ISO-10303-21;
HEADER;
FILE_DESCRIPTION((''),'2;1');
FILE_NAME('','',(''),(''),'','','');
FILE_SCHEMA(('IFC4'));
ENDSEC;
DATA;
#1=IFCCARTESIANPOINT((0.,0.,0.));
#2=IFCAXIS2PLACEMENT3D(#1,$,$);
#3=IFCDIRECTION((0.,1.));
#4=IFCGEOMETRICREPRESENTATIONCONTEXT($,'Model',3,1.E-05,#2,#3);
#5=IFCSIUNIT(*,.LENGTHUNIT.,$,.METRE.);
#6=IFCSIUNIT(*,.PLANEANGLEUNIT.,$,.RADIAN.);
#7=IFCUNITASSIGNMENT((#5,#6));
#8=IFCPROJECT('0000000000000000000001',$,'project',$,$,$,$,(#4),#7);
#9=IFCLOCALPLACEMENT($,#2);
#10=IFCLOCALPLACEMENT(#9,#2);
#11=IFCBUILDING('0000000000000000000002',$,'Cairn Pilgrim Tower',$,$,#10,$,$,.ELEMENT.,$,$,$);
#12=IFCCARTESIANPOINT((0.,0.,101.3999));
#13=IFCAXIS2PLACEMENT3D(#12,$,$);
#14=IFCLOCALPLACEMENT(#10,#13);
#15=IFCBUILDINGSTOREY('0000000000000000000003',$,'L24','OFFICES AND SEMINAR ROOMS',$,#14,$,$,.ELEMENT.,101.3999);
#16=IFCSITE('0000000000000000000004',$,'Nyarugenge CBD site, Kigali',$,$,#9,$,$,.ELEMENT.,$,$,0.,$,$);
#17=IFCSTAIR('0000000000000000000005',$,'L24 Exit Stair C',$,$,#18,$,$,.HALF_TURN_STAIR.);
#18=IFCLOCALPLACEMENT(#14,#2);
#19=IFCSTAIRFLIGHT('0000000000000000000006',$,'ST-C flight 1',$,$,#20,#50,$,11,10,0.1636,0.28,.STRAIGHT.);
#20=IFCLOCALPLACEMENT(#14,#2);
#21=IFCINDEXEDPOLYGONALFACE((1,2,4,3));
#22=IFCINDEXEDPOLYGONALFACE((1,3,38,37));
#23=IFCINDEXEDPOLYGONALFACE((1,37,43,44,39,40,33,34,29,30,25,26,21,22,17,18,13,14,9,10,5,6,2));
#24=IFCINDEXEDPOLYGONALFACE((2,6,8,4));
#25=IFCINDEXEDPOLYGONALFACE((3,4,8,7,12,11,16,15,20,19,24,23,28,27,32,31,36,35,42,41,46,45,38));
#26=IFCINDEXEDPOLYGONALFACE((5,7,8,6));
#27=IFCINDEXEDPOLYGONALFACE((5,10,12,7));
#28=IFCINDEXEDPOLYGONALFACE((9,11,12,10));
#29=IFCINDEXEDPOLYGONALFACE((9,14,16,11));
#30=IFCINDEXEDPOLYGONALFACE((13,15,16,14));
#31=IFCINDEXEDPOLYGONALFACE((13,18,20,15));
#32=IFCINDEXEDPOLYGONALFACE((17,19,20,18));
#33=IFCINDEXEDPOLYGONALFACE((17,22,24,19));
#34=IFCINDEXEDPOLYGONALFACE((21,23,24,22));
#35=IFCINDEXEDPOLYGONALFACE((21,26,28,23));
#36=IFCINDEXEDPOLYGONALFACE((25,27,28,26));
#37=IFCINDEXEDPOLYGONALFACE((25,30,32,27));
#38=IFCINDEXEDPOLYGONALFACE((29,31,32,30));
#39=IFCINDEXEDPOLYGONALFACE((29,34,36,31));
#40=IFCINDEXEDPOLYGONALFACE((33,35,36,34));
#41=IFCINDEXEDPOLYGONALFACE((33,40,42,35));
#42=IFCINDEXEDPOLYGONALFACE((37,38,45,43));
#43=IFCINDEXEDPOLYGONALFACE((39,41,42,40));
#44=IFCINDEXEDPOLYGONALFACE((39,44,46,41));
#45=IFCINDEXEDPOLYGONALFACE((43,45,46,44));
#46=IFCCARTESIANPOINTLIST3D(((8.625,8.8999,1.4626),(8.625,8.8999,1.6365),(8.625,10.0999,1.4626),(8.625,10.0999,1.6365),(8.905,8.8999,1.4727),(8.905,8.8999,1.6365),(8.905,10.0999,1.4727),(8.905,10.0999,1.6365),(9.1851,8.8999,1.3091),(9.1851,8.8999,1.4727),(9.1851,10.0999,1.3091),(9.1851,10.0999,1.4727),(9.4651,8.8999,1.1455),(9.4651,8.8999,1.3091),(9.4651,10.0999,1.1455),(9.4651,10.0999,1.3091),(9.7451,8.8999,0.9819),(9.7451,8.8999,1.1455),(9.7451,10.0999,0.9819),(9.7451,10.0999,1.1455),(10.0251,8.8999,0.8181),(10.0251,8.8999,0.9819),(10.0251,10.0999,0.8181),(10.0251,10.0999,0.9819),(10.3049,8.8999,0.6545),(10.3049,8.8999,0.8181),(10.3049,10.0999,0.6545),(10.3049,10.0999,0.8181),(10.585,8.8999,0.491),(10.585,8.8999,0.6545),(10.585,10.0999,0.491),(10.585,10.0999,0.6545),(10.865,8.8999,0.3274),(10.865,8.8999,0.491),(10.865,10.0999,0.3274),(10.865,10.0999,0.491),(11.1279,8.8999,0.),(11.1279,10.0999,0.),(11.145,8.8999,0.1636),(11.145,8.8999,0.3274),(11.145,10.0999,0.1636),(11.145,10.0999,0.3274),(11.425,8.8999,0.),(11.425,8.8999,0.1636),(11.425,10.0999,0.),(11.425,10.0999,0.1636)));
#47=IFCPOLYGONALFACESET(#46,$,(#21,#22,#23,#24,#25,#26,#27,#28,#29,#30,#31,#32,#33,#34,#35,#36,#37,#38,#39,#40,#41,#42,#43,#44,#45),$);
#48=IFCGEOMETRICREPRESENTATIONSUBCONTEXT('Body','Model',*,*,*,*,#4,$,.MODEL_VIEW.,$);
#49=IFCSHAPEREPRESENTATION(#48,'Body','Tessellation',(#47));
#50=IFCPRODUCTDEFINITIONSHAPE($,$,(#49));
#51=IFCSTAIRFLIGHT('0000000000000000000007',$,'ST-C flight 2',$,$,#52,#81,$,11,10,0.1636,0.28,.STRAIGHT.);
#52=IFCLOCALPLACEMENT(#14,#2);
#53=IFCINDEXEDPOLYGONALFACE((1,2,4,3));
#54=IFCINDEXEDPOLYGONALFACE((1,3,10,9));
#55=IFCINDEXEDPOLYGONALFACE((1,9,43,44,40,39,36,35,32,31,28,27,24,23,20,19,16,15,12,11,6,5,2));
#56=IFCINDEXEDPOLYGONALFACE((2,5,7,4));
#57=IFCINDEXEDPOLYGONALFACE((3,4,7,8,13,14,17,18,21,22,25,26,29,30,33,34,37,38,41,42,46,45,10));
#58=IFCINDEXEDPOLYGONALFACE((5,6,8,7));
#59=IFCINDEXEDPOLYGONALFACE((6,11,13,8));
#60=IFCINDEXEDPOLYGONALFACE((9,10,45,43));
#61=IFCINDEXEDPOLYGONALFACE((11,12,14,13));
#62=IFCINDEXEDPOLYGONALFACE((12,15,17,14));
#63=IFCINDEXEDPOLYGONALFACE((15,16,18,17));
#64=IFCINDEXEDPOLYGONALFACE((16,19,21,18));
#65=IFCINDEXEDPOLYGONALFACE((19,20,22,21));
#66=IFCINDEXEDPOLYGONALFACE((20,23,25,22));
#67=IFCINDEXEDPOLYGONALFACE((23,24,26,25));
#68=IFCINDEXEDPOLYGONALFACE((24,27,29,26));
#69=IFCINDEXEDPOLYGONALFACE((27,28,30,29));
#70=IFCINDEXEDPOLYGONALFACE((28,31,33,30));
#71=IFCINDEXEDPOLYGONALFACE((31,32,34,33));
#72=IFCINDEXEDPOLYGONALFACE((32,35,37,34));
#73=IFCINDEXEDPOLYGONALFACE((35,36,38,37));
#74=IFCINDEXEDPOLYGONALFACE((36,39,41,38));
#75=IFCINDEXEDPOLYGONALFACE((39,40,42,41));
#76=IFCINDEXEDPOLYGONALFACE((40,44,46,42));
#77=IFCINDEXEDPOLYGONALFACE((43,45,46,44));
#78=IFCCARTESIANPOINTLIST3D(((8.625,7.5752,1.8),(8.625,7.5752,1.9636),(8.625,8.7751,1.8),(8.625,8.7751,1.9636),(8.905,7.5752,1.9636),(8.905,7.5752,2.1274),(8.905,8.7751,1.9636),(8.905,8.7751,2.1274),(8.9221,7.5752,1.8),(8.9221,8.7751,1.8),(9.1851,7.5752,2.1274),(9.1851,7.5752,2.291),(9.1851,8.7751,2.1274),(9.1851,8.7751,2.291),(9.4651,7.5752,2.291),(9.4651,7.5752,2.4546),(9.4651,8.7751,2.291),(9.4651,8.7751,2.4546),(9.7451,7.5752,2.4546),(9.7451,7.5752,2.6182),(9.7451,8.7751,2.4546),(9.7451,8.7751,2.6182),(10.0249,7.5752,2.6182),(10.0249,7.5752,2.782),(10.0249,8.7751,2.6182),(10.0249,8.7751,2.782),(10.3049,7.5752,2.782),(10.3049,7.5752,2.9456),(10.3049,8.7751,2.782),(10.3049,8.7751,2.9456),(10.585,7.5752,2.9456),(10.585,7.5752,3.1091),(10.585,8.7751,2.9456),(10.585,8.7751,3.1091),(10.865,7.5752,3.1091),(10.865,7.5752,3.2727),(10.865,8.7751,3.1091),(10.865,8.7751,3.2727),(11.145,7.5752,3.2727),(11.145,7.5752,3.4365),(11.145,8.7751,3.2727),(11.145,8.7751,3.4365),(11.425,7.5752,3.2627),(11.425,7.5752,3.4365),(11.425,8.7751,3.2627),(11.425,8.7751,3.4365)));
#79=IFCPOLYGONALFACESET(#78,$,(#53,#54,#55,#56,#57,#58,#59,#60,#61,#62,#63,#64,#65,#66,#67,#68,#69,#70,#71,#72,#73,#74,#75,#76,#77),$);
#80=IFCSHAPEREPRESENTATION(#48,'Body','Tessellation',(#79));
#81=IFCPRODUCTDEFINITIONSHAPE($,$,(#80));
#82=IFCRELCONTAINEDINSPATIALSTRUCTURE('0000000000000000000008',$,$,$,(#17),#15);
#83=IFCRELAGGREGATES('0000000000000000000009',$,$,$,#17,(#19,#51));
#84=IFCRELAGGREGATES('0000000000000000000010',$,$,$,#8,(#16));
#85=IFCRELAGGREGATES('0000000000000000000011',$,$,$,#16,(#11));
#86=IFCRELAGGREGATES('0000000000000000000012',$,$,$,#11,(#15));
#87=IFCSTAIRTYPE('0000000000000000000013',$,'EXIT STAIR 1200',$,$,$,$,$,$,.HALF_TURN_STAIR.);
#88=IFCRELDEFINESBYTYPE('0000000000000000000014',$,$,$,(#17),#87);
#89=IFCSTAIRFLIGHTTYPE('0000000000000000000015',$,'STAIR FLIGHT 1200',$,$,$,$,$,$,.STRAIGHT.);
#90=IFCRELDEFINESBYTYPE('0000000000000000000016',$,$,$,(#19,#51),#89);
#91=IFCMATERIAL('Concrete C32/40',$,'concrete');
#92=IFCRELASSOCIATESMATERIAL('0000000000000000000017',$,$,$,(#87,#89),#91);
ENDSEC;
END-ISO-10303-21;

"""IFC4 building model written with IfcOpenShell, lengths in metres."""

from ifc_helpers import new_model, si_unit, direction, frame, origin, place, context, subcontext, project, spatial, polyline, outline, extrude, material, type_object, element, aggregate, save


model = new_model("IFC4")

# Units and contexts
model_context = context("Model", 3, precision=1e-05, world=origin(), true_north=direction((0.0, 1.0)))
body_context = subcontext(model_context, "Body", "Model", "MODEL_VIEW")
ifc_project = project(units=[si_unit("LENGTHUNIT", "METRE"), si_unit("PLANEANGLEUNIT", "RADIAN")], contexts=[model_context])

# Site, building, storey
site_placement = place(None, origin())
site = spatial("IfcSite", under=ifc_project, at=site_placement, Name="Nyarugenge CBD site, Kigali", CompositionType="ELEMENT", RefElevation=0.0)
building_placement = place(site_placement, origin())
building = spatial("IfcBuilding", under=site, at=building_placement, Name="Cairn Pilgrim Tower", CompositionType="ELEMENT")
storey_placement = place(building_placement, frame((0.0, 0.0, 101.3999)))
storey = spatial("IfcBuildingStorey", under=building, at=storey_placement, Name="L24", Description="OFFICES AND SEMINAR ROOMS", CompositionType="ELEMENT", Elevation=101.3999)

# Shared definitions
ifc_material_1 = material(Name="Concrete C32/40", Category="concrete")

# Stair, stair flights
stair_type = type_object("IfcStairType", Name="EXIT STAIR 1200", PredefinedType="HALF_TURN_STAIR", material=ifc_material_1)
stair_flight_type = type_object("IfcStairFlightType", Name="STAIR FLIGHT 1200", PredefinedType="STRAIGHT", material=ifc_material_1)
stair_1_placement = place(storey_placement, origin())
stair_1 = element("IfcStair", 1, at=stair_1_placement, inside=storey, type_object=stair_type, Name="L24 Exit Stair C", PredefinedType="HALF_TURN_STAIR")
stair_flight_1_placement = place(storey_placement, frame((11.425, 9.5, 0.0), z_axis=(0.0, 0.0, 1.0), x_axis=(-1.0, 0.0, 0.0)))
stair_flight_1 = element("IfcStairFlight", 2, at=stair_flight_1_placement, type_object=stair_flight_type, Name="ST-C flight 1", NumberOfRisers=11, NumberOfTreads=10, PredefinedType="STRAIGHT", RiserHeight=0.1636, TreadLength=0.28, context=body_context, shape_type="SweptSolid", body=[
    extrude(outline(polyline([(0.0, 0.0), (0.0, 0.1636), (0.28, 0.1636), (0.28, 0.3274), (0.5601, 0.3274), (0.5601, 0.491), (0.8401, 0.491), (0.8401, 0.6545), (1.1201, 0.6545), (1.1201, 0.8181), (1.3999, 0.8181), (1.3999, 0.9819), (1.6799, 0.9819), (1.6799, 1.1455), (1.96, 1.1455), (1.96, 1.3091), (2.24, 1.3091), (2.24, 1.4727), (2.52, 1.4727), (2.52, 1.6365), (2.8, 1.6365), (2.8, 1.8), (2.8, 1.4626), (0.2971, 0.0), (0.0, 0.0)])), frame((0.0, 0.6001, 0.0), z_axis=(0.0, -1.0, 0.0), x_axis=(1.0, 0.0, 0.0)), (0.0, 0.0, 1.0), 1.2),
])
stair_flight_2_placement = place(storey_placement, frame((8.625, 8.175, 1.8), z_axis=(0.0, 0.0, 1.0), x_axis=(1.0, 0.0, 0.0)))
stair_flight_2 = element("IfcStairFlight", 3, at=stair_flight_2_placement, type_object=stair_flight_type, Name="ST-C flight 2", NumberOfRisers=11, NumberOfTreads=10, PredefinedType="STRAIGHT", RiserHeight=0.1636, TreadLength=0.28, context=body_context, shape_type="SweptSolid", body=[
    extrude(outline(polyline([(0.0, 0.0), (0.0, 0.1636), (0.28, 0.1636), (0.28, 0.3274), (0.5601, 0.3274), (0.5601, 0.491), (0.8401, 0.491), (0.8401, 0.6545), (1.1201, 0.6545), (1.1201, 0.8181), (1.3999, 0.8181), (1.3999, 0.9819), (1.6799, 0.9819), (1.6799, 1.1455), (1.96, 1.1455), (1.96, 1.3091), (2.24, 1.3091), (2.24, 1.4727), (2.52, 1.4727), (2.52, 1.6365), (2.8, 1.6365), (2.8, 1.8), (2.8, 1.4626), (0.2971, 0.0), (0.0, 0.0)])), frame((0.0, 0.6001, 0.0), z_axis=(0.0, -1.0, 0.0), x_axis=(1.0, 0.0, 0.0)), (0.0, 0.0, 1.0), 1.2),
])
aggregate(stair_1, [stair_flight_1, stair_flight_2])

save(model, "model.ifc")
